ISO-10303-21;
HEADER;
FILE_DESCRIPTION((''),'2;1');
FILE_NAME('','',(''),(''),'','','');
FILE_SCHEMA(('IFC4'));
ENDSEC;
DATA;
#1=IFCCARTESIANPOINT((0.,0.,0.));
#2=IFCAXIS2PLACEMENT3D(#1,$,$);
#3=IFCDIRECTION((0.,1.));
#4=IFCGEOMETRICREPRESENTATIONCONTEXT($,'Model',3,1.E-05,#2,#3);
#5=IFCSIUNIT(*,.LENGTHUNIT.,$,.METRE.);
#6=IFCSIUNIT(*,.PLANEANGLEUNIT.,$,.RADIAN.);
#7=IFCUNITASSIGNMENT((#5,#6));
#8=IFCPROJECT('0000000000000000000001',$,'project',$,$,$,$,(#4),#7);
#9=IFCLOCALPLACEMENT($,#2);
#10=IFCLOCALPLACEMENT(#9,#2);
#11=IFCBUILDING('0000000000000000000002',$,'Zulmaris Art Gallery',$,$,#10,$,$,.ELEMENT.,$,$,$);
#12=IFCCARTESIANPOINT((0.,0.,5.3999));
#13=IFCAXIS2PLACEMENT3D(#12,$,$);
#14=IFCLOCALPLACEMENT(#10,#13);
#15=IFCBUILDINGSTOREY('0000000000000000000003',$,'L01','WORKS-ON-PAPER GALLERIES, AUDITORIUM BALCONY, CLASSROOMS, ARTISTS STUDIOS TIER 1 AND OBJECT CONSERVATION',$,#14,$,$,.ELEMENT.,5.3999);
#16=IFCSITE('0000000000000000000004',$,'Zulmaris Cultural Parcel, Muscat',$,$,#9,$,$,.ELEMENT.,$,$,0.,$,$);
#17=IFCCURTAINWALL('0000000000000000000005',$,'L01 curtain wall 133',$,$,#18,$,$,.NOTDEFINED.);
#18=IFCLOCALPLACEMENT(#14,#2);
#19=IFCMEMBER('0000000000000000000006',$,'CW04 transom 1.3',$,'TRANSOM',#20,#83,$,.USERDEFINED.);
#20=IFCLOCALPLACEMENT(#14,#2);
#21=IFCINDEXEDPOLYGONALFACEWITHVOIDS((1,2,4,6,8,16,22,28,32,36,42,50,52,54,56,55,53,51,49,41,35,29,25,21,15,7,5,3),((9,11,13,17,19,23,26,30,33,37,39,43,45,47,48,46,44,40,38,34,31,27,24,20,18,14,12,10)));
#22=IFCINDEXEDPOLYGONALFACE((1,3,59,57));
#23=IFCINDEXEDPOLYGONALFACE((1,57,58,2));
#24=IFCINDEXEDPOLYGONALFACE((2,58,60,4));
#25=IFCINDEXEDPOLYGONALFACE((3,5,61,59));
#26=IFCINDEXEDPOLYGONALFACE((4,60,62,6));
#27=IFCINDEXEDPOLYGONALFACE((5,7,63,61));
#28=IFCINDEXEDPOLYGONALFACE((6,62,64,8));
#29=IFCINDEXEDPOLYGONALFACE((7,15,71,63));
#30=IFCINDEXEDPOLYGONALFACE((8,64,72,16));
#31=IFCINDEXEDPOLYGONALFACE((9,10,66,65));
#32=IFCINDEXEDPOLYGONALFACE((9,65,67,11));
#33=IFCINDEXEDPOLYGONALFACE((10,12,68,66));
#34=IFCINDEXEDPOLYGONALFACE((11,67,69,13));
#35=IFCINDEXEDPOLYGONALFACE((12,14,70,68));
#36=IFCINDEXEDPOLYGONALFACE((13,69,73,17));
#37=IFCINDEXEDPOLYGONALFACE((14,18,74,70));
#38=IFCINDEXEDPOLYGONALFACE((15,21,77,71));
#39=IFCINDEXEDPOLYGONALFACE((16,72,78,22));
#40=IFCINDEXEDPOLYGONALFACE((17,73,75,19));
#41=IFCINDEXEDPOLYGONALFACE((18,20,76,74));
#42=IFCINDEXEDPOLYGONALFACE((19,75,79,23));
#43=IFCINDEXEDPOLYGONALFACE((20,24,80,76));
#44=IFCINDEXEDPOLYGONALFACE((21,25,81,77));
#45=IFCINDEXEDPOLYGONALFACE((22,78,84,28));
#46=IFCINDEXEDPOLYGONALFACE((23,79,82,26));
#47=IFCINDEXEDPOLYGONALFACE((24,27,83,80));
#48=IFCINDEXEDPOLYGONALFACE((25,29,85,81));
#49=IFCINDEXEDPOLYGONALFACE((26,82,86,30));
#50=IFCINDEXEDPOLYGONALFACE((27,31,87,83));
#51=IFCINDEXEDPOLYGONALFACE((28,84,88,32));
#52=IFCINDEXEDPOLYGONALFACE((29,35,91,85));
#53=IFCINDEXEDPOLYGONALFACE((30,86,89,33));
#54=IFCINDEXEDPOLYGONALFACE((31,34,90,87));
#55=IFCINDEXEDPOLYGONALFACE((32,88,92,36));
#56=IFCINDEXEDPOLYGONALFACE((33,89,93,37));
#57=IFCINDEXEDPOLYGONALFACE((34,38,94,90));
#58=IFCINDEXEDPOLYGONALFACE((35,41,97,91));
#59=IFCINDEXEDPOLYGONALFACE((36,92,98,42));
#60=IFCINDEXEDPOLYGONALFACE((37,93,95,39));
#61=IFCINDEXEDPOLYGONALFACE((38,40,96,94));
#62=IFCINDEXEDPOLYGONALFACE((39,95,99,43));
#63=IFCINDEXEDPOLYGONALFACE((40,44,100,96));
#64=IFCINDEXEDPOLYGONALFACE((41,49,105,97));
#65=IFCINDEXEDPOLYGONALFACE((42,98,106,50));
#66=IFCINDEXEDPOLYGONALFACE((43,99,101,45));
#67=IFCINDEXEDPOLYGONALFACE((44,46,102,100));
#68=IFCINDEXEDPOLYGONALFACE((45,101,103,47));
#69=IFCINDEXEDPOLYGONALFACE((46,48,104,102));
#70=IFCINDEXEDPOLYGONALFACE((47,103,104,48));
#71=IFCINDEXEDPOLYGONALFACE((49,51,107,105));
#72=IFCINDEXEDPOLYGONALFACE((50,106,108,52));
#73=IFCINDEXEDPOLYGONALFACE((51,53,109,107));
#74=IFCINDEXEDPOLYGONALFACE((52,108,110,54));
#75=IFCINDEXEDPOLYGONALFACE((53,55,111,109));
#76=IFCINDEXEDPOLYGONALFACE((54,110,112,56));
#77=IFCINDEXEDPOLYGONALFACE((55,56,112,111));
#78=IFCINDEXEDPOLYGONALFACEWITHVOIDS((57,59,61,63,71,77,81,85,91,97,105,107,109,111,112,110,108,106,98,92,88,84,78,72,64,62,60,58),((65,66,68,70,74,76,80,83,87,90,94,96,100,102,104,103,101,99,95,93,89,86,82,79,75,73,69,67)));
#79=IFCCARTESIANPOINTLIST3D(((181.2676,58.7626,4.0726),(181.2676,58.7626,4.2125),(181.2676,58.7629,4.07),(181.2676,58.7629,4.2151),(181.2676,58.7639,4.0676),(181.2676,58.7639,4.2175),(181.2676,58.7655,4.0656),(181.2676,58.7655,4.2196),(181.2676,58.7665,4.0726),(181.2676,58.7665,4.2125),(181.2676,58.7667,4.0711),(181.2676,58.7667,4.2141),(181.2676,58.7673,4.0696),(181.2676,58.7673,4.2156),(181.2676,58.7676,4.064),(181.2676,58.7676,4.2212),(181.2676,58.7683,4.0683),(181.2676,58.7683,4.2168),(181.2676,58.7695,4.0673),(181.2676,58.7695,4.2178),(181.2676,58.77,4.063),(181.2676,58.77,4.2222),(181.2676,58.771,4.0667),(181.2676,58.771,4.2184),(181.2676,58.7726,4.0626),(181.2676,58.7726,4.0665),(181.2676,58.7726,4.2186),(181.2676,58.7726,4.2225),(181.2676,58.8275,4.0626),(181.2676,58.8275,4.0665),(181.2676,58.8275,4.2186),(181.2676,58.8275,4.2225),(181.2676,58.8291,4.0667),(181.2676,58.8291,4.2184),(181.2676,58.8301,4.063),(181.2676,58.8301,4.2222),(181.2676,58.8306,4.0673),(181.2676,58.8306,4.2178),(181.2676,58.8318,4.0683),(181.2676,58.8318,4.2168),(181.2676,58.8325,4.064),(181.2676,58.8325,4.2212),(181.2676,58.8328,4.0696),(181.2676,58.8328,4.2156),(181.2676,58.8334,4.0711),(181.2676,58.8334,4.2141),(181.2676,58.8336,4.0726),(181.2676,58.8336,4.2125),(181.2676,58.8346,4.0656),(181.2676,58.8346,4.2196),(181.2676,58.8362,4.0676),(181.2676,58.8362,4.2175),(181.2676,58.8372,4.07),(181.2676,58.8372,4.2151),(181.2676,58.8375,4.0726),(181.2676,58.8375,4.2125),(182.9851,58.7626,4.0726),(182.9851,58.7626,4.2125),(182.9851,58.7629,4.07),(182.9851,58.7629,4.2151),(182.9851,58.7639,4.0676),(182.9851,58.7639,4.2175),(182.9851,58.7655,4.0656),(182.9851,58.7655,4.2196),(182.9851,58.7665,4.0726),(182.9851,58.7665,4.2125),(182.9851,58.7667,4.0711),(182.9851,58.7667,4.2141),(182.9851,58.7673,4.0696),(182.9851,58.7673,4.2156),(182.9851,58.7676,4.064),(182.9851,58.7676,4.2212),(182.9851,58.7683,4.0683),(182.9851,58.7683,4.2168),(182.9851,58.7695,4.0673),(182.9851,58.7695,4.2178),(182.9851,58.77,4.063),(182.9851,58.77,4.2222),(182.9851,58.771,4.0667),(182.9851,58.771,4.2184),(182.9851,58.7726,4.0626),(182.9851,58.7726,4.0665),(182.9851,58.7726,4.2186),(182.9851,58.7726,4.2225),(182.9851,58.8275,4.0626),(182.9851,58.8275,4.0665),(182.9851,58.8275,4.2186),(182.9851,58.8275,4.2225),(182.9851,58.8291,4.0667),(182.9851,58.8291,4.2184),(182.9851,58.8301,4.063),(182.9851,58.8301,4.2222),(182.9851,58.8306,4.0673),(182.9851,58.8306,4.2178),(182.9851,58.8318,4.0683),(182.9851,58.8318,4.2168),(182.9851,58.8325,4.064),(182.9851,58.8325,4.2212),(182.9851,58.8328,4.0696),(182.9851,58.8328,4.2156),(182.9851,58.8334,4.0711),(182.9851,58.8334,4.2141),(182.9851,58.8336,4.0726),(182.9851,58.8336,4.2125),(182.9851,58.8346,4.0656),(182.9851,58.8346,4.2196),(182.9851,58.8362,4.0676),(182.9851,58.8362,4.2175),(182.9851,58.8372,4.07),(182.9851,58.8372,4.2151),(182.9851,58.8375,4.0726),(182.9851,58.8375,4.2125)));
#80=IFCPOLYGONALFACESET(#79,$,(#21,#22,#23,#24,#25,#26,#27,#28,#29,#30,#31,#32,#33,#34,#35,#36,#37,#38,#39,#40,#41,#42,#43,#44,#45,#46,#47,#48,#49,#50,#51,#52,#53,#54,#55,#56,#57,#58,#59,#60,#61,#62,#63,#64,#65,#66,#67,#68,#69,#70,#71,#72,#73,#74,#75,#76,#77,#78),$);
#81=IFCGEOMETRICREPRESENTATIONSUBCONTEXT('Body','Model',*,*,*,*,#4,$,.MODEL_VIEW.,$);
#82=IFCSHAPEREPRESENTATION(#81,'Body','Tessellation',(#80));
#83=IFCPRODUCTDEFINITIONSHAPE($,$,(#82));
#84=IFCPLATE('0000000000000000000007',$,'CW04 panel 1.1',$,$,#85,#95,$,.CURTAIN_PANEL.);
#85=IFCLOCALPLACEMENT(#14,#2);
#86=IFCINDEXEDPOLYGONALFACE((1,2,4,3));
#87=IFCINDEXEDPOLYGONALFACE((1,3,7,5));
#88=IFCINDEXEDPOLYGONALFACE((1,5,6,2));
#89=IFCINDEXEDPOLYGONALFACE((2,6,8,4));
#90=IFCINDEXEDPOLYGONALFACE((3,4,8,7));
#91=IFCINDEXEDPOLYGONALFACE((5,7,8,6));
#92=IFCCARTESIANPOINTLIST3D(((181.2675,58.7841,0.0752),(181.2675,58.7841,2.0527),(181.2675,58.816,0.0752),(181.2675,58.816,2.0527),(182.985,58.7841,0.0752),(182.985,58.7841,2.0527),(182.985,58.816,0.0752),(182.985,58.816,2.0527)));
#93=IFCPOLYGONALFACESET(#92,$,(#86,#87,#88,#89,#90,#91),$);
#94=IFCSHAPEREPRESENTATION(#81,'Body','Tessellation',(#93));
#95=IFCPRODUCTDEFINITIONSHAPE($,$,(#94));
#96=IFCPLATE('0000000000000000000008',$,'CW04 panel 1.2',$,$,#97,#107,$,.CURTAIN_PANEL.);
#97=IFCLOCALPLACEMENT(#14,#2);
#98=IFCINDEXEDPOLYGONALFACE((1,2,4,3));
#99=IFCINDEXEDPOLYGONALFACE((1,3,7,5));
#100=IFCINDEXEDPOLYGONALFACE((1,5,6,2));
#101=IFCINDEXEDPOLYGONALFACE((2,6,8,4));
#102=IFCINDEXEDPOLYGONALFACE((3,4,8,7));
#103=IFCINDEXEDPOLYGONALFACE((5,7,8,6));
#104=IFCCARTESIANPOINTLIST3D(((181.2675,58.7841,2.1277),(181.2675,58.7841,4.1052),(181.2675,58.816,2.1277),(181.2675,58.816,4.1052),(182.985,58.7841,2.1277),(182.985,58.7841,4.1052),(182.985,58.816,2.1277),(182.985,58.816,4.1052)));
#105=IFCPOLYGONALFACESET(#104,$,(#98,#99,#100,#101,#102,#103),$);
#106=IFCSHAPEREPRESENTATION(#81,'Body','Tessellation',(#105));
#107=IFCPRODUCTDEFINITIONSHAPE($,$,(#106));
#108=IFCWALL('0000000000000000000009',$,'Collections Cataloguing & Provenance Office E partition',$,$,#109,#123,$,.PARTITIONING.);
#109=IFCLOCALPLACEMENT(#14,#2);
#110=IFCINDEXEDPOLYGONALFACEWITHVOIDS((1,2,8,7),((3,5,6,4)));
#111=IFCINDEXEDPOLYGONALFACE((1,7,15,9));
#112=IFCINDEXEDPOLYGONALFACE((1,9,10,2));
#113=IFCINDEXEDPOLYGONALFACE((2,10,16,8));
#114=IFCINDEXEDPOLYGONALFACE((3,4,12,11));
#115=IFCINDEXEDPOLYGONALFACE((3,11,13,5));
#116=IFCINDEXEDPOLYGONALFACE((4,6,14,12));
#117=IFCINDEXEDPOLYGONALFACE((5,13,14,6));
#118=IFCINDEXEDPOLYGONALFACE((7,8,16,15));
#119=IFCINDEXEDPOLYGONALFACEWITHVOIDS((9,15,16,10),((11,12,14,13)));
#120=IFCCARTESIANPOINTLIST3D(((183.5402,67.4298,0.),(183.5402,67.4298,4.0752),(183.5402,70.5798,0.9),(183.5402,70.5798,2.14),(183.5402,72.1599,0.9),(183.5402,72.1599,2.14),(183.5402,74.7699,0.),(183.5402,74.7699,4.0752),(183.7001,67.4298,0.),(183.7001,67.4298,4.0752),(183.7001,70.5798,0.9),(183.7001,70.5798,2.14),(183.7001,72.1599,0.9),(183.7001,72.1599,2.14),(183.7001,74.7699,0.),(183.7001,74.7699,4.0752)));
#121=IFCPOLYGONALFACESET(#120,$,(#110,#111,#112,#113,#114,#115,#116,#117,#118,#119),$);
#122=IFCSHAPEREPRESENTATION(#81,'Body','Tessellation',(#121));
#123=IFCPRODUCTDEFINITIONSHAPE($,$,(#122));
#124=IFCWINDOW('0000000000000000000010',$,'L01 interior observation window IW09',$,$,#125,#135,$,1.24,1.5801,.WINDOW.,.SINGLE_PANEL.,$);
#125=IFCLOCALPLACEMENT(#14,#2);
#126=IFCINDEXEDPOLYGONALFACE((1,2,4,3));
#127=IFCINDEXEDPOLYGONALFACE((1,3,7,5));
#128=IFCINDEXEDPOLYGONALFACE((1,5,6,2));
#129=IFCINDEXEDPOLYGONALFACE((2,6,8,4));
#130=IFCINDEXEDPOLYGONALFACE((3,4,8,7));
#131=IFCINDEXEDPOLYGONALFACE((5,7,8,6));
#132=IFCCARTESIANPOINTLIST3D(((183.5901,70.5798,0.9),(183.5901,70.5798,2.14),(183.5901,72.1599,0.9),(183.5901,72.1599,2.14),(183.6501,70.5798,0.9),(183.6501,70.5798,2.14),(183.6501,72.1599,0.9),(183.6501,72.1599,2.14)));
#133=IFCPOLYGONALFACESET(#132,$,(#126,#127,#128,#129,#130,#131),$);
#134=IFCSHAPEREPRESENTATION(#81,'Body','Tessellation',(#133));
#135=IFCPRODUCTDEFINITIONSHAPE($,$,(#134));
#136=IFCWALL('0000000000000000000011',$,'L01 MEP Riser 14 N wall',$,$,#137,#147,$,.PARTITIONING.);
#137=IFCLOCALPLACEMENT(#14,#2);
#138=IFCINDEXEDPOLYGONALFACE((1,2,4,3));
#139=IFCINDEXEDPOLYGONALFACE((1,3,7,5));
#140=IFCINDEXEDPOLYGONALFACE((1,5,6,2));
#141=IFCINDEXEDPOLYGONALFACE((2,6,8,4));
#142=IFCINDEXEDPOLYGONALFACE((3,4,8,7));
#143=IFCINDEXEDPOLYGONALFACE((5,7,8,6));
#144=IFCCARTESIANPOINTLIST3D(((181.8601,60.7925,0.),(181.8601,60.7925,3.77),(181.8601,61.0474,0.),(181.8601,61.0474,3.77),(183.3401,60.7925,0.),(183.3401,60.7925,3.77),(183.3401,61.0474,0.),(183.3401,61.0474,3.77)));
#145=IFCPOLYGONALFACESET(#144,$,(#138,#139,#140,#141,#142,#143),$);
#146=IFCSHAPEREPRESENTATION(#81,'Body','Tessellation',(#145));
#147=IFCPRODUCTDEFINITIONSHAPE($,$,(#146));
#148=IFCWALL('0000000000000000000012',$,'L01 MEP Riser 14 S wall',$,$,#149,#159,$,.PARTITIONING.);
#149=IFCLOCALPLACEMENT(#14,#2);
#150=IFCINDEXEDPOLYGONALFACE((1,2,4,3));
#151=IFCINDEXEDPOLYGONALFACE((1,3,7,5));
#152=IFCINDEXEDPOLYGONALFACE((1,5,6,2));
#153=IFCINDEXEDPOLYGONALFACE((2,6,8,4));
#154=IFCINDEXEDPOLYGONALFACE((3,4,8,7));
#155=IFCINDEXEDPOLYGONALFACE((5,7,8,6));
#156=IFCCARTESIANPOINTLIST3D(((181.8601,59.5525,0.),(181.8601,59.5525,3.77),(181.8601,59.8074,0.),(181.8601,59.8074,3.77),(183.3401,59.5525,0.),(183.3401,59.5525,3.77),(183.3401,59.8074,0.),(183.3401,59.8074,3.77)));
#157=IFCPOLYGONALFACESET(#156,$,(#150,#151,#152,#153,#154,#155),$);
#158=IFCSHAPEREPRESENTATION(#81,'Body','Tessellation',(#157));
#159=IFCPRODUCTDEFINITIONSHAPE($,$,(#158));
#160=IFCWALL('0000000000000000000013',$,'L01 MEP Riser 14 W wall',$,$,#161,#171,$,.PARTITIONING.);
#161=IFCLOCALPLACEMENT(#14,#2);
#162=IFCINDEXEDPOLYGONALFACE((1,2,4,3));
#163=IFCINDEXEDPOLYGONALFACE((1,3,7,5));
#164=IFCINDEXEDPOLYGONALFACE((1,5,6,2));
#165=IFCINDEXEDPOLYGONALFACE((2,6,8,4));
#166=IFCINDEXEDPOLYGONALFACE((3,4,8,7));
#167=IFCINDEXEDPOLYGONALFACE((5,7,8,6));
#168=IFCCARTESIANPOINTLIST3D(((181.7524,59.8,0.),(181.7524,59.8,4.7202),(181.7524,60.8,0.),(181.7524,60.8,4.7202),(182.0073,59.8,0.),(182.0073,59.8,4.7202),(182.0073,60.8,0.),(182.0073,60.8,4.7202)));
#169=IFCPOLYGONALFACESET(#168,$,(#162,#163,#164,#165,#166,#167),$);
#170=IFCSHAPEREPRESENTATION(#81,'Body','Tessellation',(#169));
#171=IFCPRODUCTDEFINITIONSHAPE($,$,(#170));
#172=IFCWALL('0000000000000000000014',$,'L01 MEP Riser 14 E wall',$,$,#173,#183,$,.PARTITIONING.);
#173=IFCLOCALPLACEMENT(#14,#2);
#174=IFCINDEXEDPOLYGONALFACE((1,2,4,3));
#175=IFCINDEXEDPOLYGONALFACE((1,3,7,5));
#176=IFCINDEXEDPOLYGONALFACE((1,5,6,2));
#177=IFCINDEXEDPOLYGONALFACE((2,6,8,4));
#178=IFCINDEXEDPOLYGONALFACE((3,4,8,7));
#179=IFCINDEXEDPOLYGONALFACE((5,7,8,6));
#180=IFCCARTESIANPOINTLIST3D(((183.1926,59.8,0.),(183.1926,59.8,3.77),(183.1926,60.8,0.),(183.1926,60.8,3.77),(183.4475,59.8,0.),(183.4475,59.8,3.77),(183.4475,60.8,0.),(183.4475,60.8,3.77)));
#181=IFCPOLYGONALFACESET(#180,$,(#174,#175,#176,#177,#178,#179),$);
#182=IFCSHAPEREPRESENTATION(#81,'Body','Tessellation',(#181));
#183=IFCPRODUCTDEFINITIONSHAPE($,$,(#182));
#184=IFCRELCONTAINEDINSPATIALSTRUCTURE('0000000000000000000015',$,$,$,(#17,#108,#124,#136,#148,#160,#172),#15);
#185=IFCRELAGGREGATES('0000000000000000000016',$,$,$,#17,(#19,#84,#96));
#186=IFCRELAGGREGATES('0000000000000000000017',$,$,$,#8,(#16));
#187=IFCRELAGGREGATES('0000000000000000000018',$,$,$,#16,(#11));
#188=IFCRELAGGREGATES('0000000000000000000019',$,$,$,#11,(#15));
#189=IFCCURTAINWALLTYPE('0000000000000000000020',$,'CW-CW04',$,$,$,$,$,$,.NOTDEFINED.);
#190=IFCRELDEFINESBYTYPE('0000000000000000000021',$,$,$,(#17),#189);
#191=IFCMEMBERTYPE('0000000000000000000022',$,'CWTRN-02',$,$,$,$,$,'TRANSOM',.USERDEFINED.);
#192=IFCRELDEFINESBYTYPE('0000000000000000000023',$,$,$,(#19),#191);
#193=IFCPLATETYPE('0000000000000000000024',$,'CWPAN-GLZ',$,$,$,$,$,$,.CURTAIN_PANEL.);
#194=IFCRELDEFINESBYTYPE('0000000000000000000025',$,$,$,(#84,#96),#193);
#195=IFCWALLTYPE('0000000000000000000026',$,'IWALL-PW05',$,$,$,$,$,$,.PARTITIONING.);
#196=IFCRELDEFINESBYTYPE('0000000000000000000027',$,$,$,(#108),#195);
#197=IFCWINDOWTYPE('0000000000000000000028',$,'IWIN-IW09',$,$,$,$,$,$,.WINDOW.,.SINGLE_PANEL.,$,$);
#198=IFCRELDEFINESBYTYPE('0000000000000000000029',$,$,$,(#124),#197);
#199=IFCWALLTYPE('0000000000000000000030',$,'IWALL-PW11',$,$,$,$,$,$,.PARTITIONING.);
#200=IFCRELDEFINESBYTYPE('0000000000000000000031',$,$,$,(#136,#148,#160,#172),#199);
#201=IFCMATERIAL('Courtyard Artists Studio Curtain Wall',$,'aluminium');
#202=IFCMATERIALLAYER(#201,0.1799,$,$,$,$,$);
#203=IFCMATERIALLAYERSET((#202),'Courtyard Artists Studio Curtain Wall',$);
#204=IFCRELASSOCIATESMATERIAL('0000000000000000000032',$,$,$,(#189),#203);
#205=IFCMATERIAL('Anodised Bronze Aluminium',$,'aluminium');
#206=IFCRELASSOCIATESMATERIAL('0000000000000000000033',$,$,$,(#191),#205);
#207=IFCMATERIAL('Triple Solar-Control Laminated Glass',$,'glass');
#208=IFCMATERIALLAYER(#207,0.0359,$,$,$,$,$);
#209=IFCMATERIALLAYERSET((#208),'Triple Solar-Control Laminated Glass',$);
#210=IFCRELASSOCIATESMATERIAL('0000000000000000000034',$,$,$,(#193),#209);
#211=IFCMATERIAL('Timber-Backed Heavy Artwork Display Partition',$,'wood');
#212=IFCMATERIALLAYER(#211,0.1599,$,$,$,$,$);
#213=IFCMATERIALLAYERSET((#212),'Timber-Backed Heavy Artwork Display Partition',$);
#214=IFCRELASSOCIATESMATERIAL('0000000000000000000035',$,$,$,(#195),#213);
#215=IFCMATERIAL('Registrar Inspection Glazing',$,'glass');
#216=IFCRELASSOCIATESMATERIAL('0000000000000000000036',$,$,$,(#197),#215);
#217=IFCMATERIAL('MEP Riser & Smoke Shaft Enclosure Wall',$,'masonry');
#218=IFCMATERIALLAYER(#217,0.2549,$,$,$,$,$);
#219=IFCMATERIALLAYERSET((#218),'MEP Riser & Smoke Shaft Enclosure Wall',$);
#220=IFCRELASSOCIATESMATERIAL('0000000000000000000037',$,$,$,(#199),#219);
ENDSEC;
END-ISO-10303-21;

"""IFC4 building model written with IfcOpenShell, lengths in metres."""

from ifc_helpers import new_model, si_unit, direction, frame, frame_2d, origin, origin_2d, place, context, subcontext, project, spatial, rectangle, hollow_rectangle, extrude, material, layer, layer_set, material_profile, profile_set, type_object, element, fill, aggregate, save


model = new_model("IFC4")

# Units and contexts
model_context = context("Model", 3, precision=1e-05, world=origin(), true_north=direction((0.0, 1.0)))
body_context = subcontext(model_context, "Body", "Model", "MODEL_VIEW")
ifc_project = project(units=[si_unit("LENGTHUNIT", "METRE"), si_unit("PLANEANGLEUNIT", "RADIAN")], contexts=[model_context])

# Site, building, storey
site_placement = place(None, origin())
site = spatial("IfcSite", under=ifc_project, at=site_placement, Name="Zulmaris Cultural Parcel, Muscat", CompositionType="ELEMENT", RefElevation=0.0)
building_placement = place(site_placement, origin())
building = spatial("IfcBuilding", under=site, at=building_placement, Name="Zulmaris Art Gallery", CompositionType="ELEMENT")
storey_placement = place(building_placement, frame((0.0, 0.0, 5.3999)))
storey = spatial("IfcBuildingStorey", under=building, at=storey_placement, Name="L01", Description="WORKS-ON-PAPER GALLERIES, AUDITORIUM BALCONY, CLASSROOMS, ARTISTS STUDIOS TIER 1 AND OBJECT CONSERVATION", CompositionType="ELEMENT", Elevation=5.3999)

# Curtain wall, member, plates
ifc_material_1 = material(Name="Courtyard Artists Studio Curtain Wall", Category="aluminium")
ifc_layer_1 = layer(ifc_material_1, 0.1799)
ifc_layer_set_1 = layer_set([ifc_layer_1], Name="Courtyard Artists Studio Curtain Wall")
curtain_wall_type = type_object("IfcCurtainWallType", Name="CW-CW04", PredefinedType="NOTDEFINED", material=ifc_layer_set_1)
curtain_wall_placement = place(storey_placement, origin())
curtain_wall = element("IfcCurtainWall", 1, at=curtain_wall_placement, inside=storey, type_object=curtain_wall_type, Name="L01 curtain wall 133", PredefinedType="NOTDEFINED")
ifc_material_2 = material(Name="Anodised Bronze Aluminium", Category="aluminium")
ifc_material_profile_1 = material_profile(ifc_material_2, hollow_rectangle(XDim=0.075, YDim=0.1599, WallThickness=0.0039, InnerFilletRadius=0.0061, OuterFilletRadius=0.01, at=origin_2d()), Name="ALU 75x160x4")
ifc_profile_set_1 = profile_set([ifc_material_profile_1], Name="Anodised Bronze Aluminium")
member_type_1 = type_object("IfcMemberType", Name="CWTRN-02", ElementType="TRANSOM", PredefinedType="USERDEFINED", material=ifc_profile_set_1)
member_1_placement = place(storey_placement, frame((182.9851, 58.8, 4.1426), z_axis=(-1.0, 0.0, 0.0), x_axis=(0.0, -1.0, 0.0)))
member_1 = element("IfcMember", 2, at=member_1_placement, type_object=member_type_1, Name="CW04 transom 1.3", ObjectType="TRANSOM", PredefinedType="USERDEFINED", context=body_context, shape_type="SweptSolid", body=[
    extrude(hollow_rectangle(XDim=0.075, YDim=0.1599, WallThickness=0.0039, InnerFilletRadius=0.0061, OuterFilletRadius=0.01, at=origin_2d()), origin(), (0.0, 0.0, 1.0), 1.7175),
])
ifc_material_3 = material(Name="Triple Solar-Control Laminated Glass", Category="glass")
ifc_layer_2 = layer(ifc_material_3, 0.0359)
ifc_layer_set_2 = layer_set([ifc_layer_2], Name="Triple Solar-Control Laminated Glass")
plate_type = type_object("IfcPlateType", Name="CWPAN-GLZ", PredefinedType="CURTAIN_PANEL", material=ifc_layer_set_2)
plate_1_placement = place(storey_placement, frame((182.1262, 58.8, 0.0752), z_axis=(0.0, 0.0, 1.0), x_axis=(-1.0, 0.0, 0.0)))
plate_1 = element("IfcPlate", 3, at=plate_1_placement, type_object=plate_type, Name="CW04 panel 1.1", PredefinedType="CURTAIN_PANEL", context=body_context, shape_type="SweptSolid", body=[
    extrude(rectangle(XDim=1.7175, YDim=0.032, at=origin_2d()), origin(), (0.0, 0.0, 1.0), 1.9775),
])
plate_2_placement = place(storey_placement, frame((182.1262, 58.8, 2.1277), z_axis=(0.0, 0.0, 1.0), x_axis=(-1.0, 0.0, 0.0)))
plate_2 = element("IfcPlate", 4, at=plate_2_placement, type_object=plate_type, Name="CW04 panel 1.2", PredefinedType="CURTAIN_PANEL", context=body_context, shape_type="SweptSolid", body=[
    extrude(rectangle(XDim=1.7175, YDim=0.032, at=origin_2d()), origin(), (0.0, 0.0, 1.0), 1.9775),
])
aggregate(curtain_wall, [member_1, plate_1, plate_2])

# Wall, opening, window
ifc_material_4 = material(Name="Timber-Backed Heavy Artwork Display Partition", Category="wood")
ifc_layer_3 = layer(ifc_material_4, 0.1599)
ifc_layer_set_3 = layer_set([ifc_layer_3], Name="Timber-Backed Heavy Artwork Display Partition")
wall_type_1 = type_object("IfcWallType", Name="IWALL-PW05", PredefinedType="PARTITIONING", material=ifc_layer_set_3)
wall_1_placement = place(storey_placement, frame((183.6201, 67.4299, 0.0), z_axis=(0.0, 0.0, 1.0), x_axis=(0.0, 1.0, 0.0)))
wall_1 = element("IfcWall", 5, at=wall_1_placement, inside=storey, type_object=wall_type_1, Name="Collections Cataloguing & Provenance Office E partition", PredefinedType="PARTITIONING", context=body_context, shape_type="SweptSolid", body=[
    extrude(rectangle(XDim=7.3401, YDim=0.1599, at=frame_2d((3.6699, 0.0))), origin(), (0.0, 0.0, 1.0), 4.0752),
])
opening_1_placement = place(wall_1_placement, frame((3.1499, 0.0, 0.8999)))
opening_1 = element("IfcOpeningElement", 6, at=opening_1_placement, cuts=wall_1, PredefinedType="OPENING", context=body_context, shape_type="SweptSolid", body=[
    extrude(rectangle(XDim=1.5801, YDim=1.24, at=frame_2d((0.79, 0.6201))), frame((0.0, 0.0898, 0.0), z_axis=(0.0, -1.0, 0.0), x_axis=(1.0, 0.0, 0.0)), (0.0, 0.0, 1.0), 0.1799),
])
ifc_material_5 = material(Name="Registrar Inspection Glazing", Category="glass")
window_type = type_object("IfcWindowType", Name="IWIN-IW09", PartitioningType="SINGLE_PANEL", PredefinedType="WINDOW", material=ifc_material_5)
window_placement = place(opening_1_placement, origin())
window = element("IfcWindow", 7, at=window_placement, inside=storey, type_object=window_type, Name="L01 interior observation window IW09", OverallHeight=1.24, OverallWidth=1.5801, PartitioningType="SINGLE_PANEL", PredefinedType="WINDOW", context=body_context, shape_type="SweptSolid", body=[
    extrude(rectangle(XDim=1.5801, YDim=1.24, at=frame_2d((0.79, 0.6201))), frame((0.0, 0.03, 0.0), z_axis=(0.0, -1.0, 0.0), x_axis=(1.0, 0.0, 0.0)), (0.0, 0.0, 1.0), 0.0601),
])
fill(opening_1, window)

# Walls
ifc_material_6 = material(Name="MEP Riser & Smoke Shaft Enclosure Wall", Category="masonry")
ifc_layer_4 = layer(ifc_material_6, 0.2549)
ifc_layer_set_4 = layer_set([ifc_layer_4], Name="MEP Riser & Smoke Shaft Enclosure Wall")
wall_type_2 = type_object("IfcWallType", Name="IWALL-PW11", PredefinedType="PARTITIONING", material=ifc_layer_set_4)
for number, where, z_axis, x_axis, name in (
    (8, (181.8601, 60.9199, 0.0), (0.0, 0.0, 1.0), (1.0, 0.0, 0.0), "L01 MEP Riser 14 N wall"),
    (9, (181.8601, 59.6799, 0.0), (0.0, 0.0, 1.0), (1.0, 0.0, 0.0), "L01 MEP Riser 14 S wall"),
):
    element("IfcWall", number, at=place(storey_placement, frame(where, z_axis=z_axis, x_axis=x_axis)), inside=storey, type_object=wall_type_2, Name=name, PredefinedType="PARTITIONING", context=body_context, shape_type="SweptSolid", body=[
        extrude(rectangle(XDim=1.48, YDim=0.2549, at=frame_2d((0.74, 0.0))), origin(), (0.0, 0.0, 1.0), 3.77),
    ])
wall_2_placement = place(storey_placement, frame((181.8799, 59.8, 0.0), z_axis=(0.0, 0.0, 1.0), x_axis=(0.0, 1.0, 0.0)))
element("IfcWall", 10, at=wall_2_placement, inside=storey, type_object=wall_type_2, Name="L01 MEP Riser 14 W wall", PredefinedType="PARTITIONING", context=body_context, shape_type="SweptSolid", body=[
    extrude(rectangle(XDim=1.0, YDim=0.2549, at=frame_2d((0.5, 0.0))), origin(), (0.0, 0.0, 1.0), 4.7202),
])
wall_3_placement = place(storey_placement, frame((183.3201, 59.8, 0.0), z_axis=(0.0, 0.0, 1.0), x_axis=(0.0, 1.0, 0.0)))
element("IfcWall", 11, at=wall_3_placement, inside=storey, type_object=wall_type_2, Name="L01 MEP Riser 14 E wall", PredefinedType="PARTITIONING", context=body_context, shape_type="SweptSolid", body=[
    extrude(rectangle(XDim=1.0, YDim=0.2549, at=frame_2d((0.5, 0.0))), origin(), (0.0, 0.0, 1.0), 3.77),
])

save(model, "model.ifc")
